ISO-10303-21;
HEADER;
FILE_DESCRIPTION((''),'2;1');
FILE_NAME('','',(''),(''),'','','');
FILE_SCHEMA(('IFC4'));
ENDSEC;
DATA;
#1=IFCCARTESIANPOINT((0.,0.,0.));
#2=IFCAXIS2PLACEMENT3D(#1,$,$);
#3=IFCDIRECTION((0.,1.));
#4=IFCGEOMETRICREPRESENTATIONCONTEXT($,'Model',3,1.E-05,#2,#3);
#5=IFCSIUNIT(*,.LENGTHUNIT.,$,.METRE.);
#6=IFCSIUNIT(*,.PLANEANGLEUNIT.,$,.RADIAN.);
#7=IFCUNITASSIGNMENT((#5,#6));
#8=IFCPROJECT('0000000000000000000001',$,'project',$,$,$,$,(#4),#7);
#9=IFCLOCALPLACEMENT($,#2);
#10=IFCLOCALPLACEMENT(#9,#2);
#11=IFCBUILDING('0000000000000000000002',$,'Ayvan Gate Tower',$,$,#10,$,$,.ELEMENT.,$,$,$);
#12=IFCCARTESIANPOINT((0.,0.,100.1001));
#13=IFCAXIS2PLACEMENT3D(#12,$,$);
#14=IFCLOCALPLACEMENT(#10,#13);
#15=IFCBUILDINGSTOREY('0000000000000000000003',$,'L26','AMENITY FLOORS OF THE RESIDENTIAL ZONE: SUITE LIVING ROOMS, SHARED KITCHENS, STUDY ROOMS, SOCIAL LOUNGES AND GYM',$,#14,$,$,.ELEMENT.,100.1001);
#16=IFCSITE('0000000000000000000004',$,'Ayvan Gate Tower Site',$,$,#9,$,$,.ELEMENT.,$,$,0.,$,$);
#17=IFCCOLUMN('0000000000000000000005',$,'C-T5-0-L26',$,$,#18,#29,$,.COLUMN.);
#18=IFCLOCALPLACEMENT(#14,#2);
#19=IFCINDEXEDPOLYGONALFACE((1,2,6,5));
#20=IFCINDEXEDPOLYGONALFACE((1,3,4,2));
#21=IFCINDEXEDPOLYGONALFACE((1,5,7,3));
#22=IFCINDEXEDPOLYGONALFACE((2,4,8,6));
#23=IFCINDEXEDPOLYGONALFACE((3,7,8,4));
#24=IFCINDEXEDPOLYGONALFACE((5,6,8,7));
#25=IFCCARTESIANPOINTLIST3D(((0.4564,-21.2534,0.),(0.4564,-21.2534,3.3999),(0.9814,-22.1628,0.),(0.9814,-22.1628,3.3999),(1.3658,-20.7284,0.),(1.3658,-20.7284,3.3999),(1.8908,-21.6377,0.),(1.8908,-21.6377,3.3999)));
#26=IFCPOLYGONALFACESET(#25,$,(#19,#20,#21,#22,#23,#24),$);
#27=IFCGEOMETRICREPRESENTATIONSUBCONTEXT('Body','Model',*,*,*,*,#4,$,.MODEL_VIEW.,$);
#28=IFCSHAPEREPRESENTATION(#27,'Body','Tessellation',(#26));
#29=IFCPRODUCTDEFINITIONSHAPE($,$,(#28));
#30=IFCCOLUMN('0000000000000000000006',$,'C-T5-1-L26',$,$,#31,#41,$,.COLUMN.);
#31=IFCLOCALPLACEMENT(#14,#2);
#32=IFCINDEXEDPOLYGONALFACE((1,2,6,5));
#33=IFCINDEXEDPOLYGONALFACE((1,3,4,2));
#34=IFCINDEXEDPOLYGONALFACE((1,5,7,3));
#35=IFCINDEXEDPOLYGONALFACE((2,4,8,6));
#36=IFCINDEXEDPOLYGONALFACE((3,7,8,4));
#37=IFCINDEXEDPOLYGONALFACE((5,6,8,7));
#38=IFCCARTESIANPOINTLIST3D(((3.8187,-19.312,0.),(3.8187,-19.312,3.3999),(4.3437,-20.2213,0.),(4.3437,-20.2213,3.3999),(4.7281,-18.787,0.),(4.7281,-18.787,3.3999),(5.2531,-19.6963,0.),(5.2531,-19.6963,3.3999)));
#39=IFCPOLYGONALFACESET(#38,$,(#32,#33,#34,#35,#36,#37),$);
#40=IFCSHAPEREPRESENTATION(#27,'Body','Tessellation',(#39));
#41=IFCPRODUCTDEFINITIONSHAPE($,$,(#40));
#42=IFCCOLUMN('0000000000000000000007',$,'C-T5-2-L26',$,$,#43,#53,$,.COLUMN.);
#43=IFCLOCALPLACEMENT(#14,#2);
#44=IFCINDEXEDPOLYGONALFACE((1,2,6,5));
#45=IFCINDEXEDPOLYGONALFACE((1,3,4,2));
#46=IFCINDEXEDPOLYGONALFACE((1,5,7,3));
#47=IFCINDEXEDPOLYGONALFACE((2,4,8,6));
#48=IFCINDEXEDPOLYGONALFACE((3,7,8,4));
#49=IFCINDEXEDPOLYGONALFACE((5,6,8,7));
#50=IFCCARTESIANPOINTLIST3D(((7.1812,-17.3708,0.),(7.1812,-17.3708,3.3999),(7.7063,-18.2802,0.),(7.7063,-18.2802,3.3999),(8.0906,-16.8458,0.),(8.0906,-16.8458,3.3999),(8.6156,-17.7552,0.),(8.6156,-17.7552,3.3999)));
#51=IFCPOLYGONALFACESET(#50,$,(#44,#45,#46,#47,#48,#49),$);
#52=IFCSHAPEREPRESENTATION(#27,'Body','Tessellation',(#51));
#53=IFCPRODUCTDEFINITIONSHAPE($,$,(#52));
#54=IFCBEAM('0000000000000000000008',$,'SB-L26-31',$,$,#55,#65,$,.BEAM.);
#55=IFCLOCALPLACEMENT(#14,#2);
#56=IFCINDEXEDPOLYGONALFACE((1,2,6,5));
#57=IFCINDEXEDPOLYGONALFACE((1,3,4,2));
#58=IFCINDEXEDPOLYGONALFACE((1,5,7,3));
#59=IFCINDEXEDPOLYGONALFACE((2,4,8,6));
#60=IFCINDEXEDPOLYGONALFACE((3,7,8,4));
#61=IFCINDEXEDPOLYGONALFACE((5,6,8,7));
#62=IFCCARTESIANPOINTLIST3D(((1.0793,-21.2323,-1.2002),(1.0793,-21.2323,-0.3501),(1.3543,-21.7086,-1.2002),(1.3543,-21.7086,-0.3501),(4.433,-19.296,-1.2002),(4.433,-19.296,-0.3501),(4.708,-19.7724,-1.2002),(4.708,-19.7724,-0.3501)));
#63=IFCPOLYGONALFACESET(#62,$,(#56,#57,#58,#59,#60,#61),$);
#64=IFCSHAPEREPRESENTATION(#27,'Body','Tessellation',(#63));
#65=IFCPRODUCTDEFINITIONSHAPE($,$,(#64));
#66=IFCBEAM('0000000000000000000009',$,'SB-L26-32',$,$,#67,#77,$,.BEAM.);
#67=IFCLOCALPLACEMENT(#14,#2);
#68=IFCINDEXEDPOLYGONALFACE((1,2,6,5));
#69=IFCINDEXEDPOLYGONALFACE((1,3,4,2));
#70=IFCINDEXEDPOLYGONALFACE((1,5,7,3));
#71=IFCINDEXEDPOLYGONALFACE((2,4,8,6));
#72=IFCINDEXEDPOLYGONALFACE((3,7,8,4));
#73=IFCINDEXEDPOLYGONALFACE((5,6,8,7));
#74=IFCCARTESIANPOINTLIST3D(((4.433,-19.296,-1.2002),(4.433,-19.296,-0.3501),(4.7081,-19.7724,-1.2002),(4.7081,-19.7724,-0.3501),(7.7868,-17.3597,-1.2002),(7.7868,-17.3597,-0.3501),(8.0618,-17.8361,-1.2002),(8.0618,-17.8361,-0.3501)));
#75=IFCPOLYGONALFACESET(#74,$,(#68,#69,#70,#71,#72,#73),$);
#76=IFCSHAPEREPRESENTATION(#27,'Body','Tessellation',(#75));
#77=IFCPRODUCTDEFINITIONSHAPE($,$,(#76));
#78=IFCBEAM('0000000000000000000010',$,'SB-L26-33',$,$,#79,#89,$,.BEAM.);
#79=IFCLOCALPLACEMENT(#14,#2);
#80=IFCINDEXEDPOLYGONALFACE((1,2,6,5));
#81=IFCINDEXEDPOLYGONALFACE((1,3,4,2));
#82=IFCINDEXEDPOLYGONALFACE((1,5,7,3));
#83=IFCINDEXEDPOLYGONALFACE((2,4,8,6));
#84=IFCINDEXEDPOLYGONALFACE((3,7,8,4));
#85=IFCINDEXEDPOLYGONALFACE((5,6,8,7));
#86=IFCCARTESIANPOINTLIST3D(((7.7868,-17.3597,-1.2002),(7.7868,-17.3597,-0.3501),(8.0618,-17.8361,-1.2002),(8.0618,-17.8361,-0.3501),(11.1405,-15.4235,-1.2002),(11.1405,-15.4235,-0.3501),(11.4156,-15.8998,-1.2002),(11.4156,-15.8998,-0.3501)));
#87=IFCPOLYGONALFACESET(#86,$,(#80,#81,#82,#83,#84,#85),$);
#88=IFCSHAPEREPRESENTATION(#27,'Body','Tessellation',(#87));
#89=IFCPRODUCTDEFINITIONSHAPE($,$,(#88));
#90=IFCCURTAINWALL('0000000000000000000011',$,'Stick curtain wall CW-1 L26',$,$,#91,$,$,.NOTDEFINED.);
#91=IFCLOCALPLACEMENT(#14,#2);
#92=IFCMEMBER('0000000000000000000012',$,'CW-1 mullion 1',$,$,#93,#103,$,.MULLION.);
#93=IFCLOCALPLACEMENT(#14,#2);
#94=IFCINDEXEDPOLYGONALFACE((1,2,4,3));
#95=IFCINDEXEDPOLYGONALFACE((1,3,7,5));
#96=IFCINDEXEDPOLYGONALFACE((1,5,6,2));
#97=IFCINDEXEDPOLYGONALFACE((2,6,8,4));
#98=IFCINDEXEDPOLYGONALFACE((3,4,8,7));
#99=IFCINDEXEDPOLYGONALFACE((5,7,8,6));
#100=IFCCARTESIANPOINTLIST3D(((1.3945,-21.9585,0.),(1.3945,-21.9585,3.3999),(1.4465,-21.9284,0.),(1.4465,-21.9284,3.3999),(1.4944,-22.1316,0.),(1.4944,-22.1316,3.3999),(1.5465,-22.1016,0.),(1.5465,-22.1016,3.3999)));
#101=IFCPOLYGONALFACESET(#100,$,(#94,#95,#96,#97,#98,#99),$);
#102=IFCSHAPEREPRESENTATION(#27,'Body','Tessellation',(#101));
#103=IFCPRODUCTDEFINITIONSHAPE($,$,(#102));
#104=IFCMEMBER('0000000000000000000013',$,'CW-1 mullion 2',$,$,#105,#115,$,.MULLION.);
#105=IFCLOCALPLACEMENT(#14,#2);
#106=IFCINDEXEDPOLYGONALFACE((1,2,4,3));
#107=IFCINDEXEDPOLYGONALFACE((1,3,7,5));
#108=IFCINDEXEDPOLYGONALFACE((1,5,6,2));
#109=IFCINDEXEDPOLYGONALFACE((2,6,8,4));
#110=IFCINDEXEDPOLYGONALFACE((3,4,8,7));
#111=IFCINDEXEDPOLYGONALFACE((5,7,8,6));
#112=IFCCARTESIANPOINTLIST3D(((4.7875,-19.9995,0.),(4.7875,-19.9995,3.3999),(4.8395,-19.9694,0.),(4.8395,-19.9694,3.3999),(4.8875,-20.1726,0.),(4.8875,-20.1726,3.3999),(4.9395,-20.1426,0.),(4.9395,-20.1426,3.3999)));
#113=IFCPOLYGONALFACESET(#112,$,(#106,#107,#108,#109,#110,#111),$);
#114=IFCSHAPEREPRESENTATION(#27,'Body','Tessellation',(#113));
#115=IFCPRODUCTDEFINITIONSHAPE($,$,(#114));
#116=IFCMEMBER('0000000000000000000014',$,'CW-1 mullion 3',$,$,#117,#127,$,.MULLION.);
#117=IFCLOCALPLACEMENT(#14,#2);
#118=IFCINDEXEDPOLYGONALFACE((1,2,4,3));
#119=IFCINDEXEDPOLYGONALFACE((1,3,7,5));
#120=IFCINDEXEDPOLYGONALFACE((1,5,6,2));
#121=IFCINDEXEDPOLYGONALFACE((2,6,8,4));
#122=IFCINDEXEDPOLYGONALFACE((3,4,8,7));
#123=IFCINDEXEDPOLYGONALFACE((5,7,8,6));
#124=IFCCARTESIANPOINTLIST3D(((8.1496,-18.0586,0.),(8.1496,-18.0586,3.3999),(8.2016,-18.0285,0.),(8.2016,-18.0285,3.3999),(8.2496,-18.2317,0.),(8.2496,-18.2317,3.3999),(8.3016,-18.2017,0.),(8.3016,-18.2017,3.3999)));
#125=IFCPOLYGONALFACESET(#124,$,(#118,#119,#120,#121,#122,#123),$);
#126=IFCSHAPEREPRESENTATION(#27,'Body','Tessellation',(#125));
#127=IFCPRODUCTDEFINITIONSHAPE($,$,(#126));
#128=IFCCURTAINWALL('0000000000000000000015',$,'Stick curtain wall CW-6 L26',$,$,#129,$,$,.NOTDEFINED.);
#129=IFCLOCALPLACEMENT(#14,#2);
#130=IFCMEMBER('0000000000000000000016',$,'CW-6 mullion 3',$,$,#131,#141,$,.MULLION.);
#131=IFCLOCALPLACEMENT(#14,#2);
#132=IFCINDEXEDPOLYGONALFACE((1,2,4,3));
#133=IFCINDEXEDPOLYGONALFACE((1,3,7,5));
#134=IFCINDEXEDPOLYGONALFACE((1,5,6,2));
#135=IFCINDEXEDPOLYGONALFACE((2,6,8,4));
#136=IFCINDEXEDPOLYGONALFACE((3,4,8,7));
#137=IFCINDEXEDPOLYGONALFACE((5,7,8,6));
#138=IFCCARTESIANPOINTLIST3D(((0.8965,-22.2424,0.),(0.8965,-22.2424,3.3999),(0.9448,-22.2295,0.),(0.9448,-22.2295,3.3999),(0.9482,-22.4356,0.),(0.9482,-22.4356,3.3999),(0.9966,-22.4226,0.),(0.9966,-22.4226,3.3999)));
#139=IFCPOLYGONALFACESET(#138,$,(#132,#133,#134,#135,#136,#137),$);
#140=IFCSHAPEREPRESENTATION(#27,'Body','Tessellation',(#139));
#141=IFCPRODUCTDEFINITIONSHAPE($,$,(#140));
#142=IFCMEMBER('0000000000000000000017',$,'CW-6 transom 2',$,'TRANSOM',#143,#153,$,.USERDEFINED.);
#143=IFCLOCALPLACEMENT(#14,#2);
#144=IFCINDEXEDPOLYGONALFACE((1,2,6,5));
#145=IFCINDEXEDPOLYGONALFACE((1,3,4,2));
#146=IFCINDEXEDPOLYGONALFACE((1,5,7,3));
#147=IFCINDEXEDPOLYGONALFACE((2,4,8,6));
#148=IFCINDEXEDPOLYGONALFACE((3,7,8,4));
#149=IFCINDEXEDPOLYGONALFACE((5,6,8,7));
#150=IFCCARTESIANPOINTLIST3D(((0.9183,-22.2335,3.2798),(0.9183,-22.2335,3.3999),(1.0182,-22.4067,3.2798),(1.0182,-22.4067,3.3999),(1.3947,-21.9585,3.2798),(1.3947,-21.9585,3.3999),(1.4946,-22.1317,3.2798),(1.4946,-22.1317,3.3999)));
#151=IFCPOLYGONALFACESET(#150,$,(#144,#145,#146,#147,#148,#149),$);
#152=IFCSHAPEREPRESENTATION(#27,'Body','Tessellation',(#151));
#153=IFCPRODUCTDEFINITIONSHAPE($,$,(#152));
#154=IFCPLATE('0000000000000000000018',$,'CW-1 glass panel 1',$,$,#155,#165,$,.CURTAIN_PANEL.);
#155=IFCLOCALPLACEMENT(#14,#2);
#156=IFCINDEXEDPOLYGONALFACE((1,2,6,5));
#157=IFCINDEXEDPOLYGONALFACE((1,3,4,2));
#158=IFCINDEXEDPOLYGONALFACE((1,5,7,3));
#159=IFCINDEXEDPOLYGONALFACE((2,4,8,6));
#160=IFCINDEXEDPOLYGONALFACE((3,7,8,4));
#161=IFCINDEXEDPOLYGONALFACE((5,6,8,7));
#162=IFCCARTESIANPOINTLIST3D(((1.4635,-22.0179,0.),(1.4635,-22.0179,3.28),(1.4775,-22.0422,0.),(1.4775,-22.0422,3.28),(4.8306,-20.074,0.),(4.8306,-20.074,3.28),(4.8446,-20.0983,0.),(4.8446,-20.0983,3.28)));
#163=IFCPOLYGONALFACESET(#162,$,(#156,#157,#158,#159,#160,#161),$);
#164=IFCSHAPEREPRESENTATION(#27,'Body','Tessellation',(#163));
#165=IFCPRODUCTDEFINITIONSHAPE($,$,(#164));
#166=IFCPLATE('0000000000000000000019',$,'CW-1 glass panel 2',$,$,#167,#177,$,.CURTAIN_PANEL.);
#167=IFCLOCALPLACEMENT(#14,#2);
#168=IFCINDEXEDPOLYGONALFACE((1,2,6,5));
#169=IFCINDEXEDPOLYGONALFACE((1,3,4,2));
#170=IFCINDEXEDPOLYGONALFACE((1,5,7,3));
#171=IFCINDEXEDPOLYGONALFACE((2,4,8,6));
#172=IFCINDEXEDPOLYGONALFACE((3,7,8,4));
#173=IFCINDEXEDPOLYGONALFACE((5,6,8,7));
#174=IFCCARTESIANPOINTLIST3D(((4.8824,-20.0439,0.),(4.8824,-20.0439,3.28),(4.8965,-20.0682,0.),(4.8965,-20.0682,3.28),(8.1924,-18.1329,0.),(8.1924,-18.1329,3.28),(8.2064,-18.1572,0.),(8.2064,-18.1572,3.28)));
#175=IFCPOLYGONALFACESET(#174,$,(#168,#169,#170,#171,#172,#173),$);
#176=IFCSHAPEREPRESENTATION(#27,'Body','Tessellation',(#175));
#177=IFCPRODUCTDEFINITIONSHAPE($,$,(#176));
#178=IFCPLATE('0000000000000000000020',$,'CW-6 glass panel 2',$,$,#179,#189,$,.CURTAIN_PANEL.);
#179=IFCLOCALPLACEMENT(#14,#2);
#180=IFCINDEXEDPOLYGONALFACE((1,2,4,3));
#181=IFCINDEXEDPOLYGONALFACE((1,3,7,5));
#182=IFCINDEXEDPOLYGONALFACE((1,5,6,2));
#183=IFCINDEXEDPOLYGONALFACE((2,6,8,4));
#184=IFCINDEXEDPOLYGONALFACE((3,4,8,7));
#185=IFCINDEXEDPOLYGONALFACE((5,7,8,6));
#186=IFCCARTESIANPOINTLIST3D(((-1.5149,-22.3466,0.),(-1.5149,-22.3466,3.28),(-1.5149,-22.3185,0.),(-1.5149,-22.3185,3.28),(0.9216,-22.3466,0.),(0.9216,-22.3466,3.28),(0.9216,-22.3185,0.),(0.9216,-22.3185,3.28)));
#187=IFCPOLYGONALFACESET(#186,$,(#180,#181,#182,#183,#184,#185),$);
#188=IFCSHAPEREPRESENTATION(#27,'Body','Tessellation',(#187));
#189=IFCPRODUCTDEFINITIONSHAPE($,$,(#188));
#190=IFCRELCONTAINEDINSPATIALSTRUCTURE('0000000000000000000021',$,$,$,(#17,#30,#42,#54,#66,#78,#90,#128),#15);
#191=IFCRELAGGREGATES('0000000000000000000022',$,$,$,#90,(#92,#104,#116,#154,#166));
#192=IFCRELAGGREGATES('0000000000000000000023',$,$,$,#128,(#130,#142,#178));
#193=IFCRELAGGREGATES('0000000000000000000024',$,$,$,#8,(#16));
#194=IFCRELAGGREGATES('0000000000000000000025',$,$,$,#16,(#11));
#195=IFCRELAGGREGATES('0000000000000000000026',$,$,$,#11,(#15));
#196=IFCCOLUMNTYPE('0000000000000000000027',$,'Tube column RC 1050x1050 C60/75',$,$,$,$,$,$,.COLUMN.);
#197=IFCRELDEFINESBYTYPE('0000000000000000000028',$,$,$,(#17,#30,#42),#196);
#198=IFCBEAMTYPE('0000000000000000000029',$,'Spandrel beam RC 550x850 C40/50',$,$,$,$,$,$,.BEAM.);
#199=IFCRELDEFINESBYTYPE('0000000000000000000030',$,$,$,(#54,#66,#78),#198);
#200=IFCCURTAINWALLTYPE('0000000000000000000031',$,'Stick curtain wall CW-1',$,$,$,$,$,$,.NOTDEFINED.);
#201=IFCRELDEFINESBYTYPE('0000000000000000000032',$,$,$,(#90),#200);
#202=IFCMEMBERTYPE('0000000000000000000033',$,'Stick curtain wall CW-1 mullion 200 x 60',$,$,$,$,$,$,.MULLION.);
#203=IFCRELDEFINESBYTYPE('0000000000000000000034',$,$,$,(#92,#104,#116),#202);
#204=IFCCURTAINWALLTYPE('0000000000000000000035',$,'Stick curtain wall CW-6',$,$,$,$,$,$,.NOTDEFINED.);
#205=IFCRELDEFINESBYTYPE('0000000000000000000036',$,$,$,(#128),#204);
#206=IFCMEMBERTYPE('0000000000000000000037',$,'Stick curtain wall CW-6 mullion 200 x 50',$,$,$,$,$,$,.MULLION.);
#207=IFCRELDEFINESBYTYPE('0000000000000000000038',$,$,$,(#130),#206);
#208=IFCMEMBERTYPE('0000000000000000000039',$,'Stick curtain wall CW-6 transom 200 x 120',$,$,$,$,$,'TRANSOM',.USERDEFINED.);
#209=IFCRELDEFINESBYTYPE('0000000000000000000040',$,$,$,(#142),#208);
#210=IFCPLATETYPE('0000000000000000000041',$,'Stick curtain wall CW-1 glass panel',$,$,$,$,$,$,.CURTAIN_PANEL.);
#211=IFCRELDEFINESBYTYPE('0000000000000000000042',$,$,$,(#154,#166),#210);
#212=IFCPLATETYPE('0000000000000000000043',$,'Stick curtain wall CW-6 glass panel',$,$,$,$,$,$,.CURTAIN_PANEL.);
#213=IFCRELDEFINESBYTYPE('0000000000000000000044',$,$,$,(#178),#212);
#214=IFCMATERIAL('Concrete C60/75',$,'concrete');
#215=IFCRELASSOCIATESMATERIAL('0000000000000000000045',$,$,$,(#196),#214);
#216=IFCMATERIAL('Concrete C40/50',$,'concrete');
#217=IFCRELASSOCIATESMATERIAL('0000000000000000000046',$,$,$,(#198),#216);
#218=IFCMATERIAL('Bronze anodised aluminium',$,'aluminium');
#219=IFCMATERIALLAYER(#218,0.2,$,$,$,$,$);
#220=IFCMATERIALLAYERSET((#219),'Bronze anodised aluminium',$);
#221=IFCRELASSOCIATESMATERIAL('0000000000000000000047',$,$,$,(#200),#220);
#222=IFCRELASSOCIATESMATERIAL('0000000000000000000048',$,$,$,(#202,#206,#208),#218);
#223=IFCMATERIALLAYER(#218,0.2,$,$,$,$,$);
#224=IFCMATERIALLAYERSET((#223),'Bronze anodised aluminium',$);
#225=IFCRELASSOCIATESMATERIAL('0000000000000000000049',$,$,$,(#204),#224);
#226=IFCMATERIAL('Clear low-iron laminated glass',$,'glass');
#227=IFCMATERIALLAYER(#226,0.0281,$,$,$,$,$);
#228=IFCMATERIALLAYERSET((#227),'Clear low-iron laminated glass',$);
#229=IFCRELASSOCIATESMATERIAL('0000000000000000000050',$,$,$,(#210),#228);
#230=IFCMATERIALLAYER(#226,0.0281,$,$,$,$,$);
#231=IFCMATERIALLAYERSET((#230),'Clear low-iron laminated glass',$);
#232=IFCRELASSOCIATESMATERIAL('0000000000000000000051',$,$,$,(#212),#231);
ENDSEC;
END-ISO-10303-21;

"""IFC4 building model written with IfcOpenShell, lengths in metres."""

from ifc_helpers import new_model, si_unit, direction, frame, origin, origin_2d, place, context, subcontext, project, spatial, rectangle, extrude, material, layer, layer_set, material_profile, profile_set, type_object, element, aggregate, save


model = new_model("IFC4")

# Units and contexts
model_context = context("Model", 3, precision=1e-05, world=origin(), true_north=direction((0.0, 1.0)))
body_context = subcontext(model_context, "Body", "Model", "MODEL_VIEW")
ifc_project = project(units=[si_unit("LENGTHUNIT", "METRE"), si_unit("PLANEANGLEUNIT", "RADIAN")], contexts=[model_context])

# Site, building, storey
site_placement = place(None, origin())
site = spatial("IfcSite", under=ifc_project, at=site_placement, Name="Ayvan Gate Tower Site", CompositionType="ELEMENT", RefElevation=0.0)
building_placement = place(site_placement, origin())
building = spatial("IfcBuilding", under=site, at=building_placement, Name="Ayvan Gate Tower", CompositionType="ELEMENT")
storey_placement = place(building_placement, frame((0.0, 0.0, 100.1001)))
storey = spatial("IfcBuildingStorey", under=building, at=storey_placement, Name="L26", Description="AMENITY FLOORS OF THE RESIDENTIAL ZONE: SUITE LIVING ROOMS, SHARED KITCHENS, STUDY ROOMS, SOCIAL LOUNGES AND GYM", CompositionType="ELEMENT", Elevation=100.1001)

# Columns
ifc_material_1 = material(Name="Concrete C60/75", Category="concrete")
ifc_material_profile_1 = material_profile(ifc_material_1, rectangle(XDim=1.05, YDim=1.05, at=origin_2d()), Name="RC 1050x1050")
ifc_profile_set_1 = profile_set([ifc_material_profile_1], Name="Concrete C60/75")
column_type = type_object("IfcColumnType", Name="Tube column RC 1050x1050 C60/75", PredefinedType="COLUMN", material=ifc_profile_set_1)
for number, where, z_axis, x_axis, name in (
    (1, (1.1736, -21.4456, 0.0), (0.0, 0.0, 1.0), (0.5, -0.866025, 0.0), "C-T5-0-L26"),
    (2, (4.5359, -19.5042, 0.0), (0.0, 0.0, 1.0), (0.5, -0.866025, 0.0), "C-T5-1-L26"),
    (3, (7.8984, -17.563, 0.0), (0.0, 0.0, 1.0), (0.5, -0.866025, 0.0), "C-T5-2-L26"),
):
    element("IfcColumn", number, at=place(storey_placement, frame(where, z_axis=z_axis, x_axis=x_axis)), inside=storey, type_object=column_type, Name=name, PredefinedType="COLUMN", context=body_context, shape_type="SweptSolid", body=[
        extrude(rectangle(XDim=1.05, YDim=1.05, at=origin_2d()), origin(), (0.0, 0.0, 1.0), 3.3999),
    ])

# Beams
ifc_material_2 = material(Name="Concrete C40/50", Category="concrete")
ifc_material_profile_2 = material_profile(ifc_material_2, rectangle(XDim=0.55, YDim=0.8501, at=origin_2d()), Name="RC 550x850")
ifc_profile_set_2 = profile_set([ifc_material_profile_2], Name="Concrete C40/50")
beam_type = type_object("IfcBeamType", Name="Spandrel beam RC 550x850 C40/50", PredefinedType="BEAM", material=ifc_profile_set_2)
for number, where, z_axis, x_axis, name in (
    (4, (1.2168, -21.4705, -0.7751), (0.866027, 0.499997, 0.0), (-0.499997, 0.866027, 0.0), "SB-L26-31"),
    (5, (4.5706, -19.5342, -0.7751), (0.866027, 0.499997, 0.0), (-0.499997, 0.866027, 0.0), "SB-L26-32"),
    (6, (7.9243, -17.5979, -0.7751), (0.866027, 0.499997, 0.0), (-0.499997, 0.866027, 0.0), "SB-L26-33"),
):
    element("IfcBeam", number, at=place(storey_placement, frame(where, z_axis=z_axis, x_axis=x_axis)), inside=storey, type_object=beam_type, Name=name, PredefinedType="BEAM", context=body_context, shape_type="SweptSolid", body=[
        extrude(rectangle(XDim=0.55, YDim=0.8501, at=origin_2d()), origin(), (0.0, 0.0, 1.0), 3.8726),
    ])

# Curtain walls, members
ifc_material_3 = material(Name="Bronze anodised aluminium", Category="aluminium")
ifc_layer_1 = layer(ifc_material_3, 0.2)
ifc_layer_set_1 = layer_set([ifc_layer_1], Name="Bronze anodised aluminium")
curtain_wall_type_1 = type_object("IfcCurtainWallType", Name="Stick curtain wall CW-1", PredefinedType="NOTDEFINED", material=ifc_layer_set_1)
curtain_wall_1_placement = place(storey_placement, origin())
curtain_wall_1 = element("IfcCurtainWall", 7, at=curtain_wall_1_placement, inside=storey, type_object=curtain_wall_type_1, Name="Stick curtain wall CW-1 L26", PredefinedType="NOTDEFINED")
ifc_material_profile_3 = material_profile(ifc_material_3, rectangle(XDim=0.2, YDim=0.0601, at=origin_2d()), Name="Stick curtain wall CW-1 mullion 200 x 60")
ifc_profile_set_3 = profile_set([ifc_material_profile_3], Name="Bronze anodised aluminium")
member_type_1 = type_object("IfcMemberType", Name="Stick curtain wall CW-1 mullion 200 x 60", PredefinedType="MULLION", material=ifc_profile_set_3)
member_1_placement = place(storey_placement, frame((1.4705, -22.03, 0.0), z_axis=(0.0, 0.0, 1.0), x_axis=(0.5, -0.866025, 0.0)))
member_1 = element("IfcMember", 8, at=member_1_placement, type_object=member_type_1, Name="CW-1 mullion 1", PredefinedType="MULLION", context=body_context, shape_type="SweptSolid", body=[
    extrude(rectangle(XDim=0.2, YDim=0.0601, at=origin_2d()), origin(), (0.0, 0.0, 1.0), 3.3999),
])
member_2_placement = place(storey_placement, frame((4.8635, -20.071, 0.0), z_axis=(0.0, 0.0, 1.0), x_axis=(0.5, -0.866025, 0.0)))
member_2 = element("IfcMember", 9, at=member_2_placement, type_object=member_type_1, Name="CW-1 mullion 2", PredefinedType="MULLION", context=body_context, shape_type="SweptSolid", body=[
    extrude(rectangle(XDim=0.2, YDim=0.0601, at=origin_2d()), origin(), (0.0, 0.0, 1.0), 3.3999),
])
member_3_placement = place(storey_placement, frame((8.2256, -18.1301, 0.0), z_axis=(0.0, 0.0, 1.0), x_axis=(0.5, -0.866025, 0.0)))
member_3 = element("IfcMember", 10, at=member_3_placement, type_object=member_type_1, Name="CW-1 mullion 3", PredefinedType="MULLION", context=body_context, shape_type="SweptSolid", body=[
    extrude(rectangle(XDim=0.2, YDim=0.0601, at=origin_2d()), origin(), (0.0, 0.0, 1.0), 3.3999),
])
ifc_layer_2 = layer(ifc_material_3, 0.2)
ifc_layer_set_2 = layer_set([ifc_layer_2], Name="Bronze anodised aluminium")
curtain_wall_type_2 = type_object("IfcCurtainWallType", Name="Stick curtain wall CW-6", PredefinedType="NOTDEFINED", material=ifc_layer_set_2)
curtain_wall_2_placement = place(storey_placement, origin())
curtain_wall_2 = element("IfcCurtainWall", 11, at=curtain_wall_2_placement, inside=storey, type_object=curtain_wall_type_2, Name="Stick curtain wall CW-6 L26", PredefinedType="NOTDEFINED")
ifc_material_profile_4 = material_profile(ifc_material_3, rectangle(XDim=0.2, YDim=0.05, at=origin_2d()), Name="Stick curtain wall CW-6 mullion 200 x 50")
ifc_profile_set_4 = profile_set([ifc_material_profile_4], Name="Bronze anodised aluminium")
member_type_2 = type_object("IfcMemberType", Name="Stick curtain wall CW-6 mullion 200 x 50", PredefinedType="MULLION", material=ifc_profile_set_4)
member_4_placement = place(storey_placement, frame((0.9465, -22.3325, 0.0), z_axis=(0.0, 0.0, 1.0), x_axis=(0.258819, -0.965926, 0.0)))
member_4 = element("IfcMember", 12, at=member_4_placement, type_object=member_type_2, Name="CW-6 mullion 3", PredefinedType="MULLION", context=body_context, shape_type="SweptSolid", body=[
    extrude(rectangle(XDim=0.2, YDim=0.05, at=origin_2d()), origin(), (0.0, 0.0, 1.0), 3.3999),
])
ifc_material_profile_5 = material_profile(ifc_material_3, rectangle(XDim=0.2, YDim=0.1201, at=origin_2d()), Name="Stick curtain wall CW-6 transom 200 x 120")
ifc_profile_set_5 = profile_set([ifc_material_profile_5], Name="Bronze anodised aluminium")
member_type_3 = type_object("IfcMemberType", Name="Stick curtain wall CW-6 transom 200 x 120", ElementType="TRANSOM", PredefinedType="USERDEFINED", material=ifc_profile_set_5)
member_5_placement = place(storey_placement, frame((0.9683, -22.3201, 3.3398), z_axis=(0.866104, 0.499863, 0.0), x_axis=(-0.499863, 0.866104, 0.0)))
member_5 = element("IfcMember", 13, at=member_5_placement, type_object=member_type_3, Name="CW-6 transom 2", ObjectType="TRANSOM", PredefinedType="USERDEFINED", context=body_context, shape_type="SweptSolid", body=[
    extrude(rectangle(XDim=0.2, YDim=0.1201, at=origin_2d()), origin(), (0.0, 0.0, 1.0), 0.55),
])

# Plates
ifc_material_4 = material(Name="Clear low-iron laminated glass", Category="glass")
ifc_layer_3 = layer(ifc_material_4, 0.0281)
ifc_layer_set_3 = layer_set([ifc_layer_3], Name="Clear low-iron laminated glass")
plate_type_1 = type_object("IfcPlateType", Name="Stick curtain wall CW-1 glass panel", PredefinedType="CURTAIN_PANEL", material=ifc_layer_set_3)
plate_1_placement = place(storey_placement, frame((3.1541, -21.0581, 0.0), z_axis=(0.0, 0.0, 1.0), x_axis=(0.866025, 0.5, 0.0)))
plate_1 = element("IfcPlate", 14, at=plate_1_placement, type_object=plate_type_1, Name="CW-1 glass panel 1", PredefinedType="CURTAIN_PANEL", context=body_context, shape_type="SweptSolid", body=[
    extrude(rectangle(XDim=3.8879, YDim=0.0281, at=origin_2d()), origin(), (0.0, 0.0, 1.0), 3.28),
])
plate_2_placement = place(storey_placement, frame((6.5444, -19.1006, 0.0), z_axis=(0.0, 0.0, 1.0), x_axis=(0.866025, 0.5, 0.0)))
plate_2 = element("IfcPlate", 15, at=plate_2_placement, type_object=plate_type_1, Name="CW-1 glass panel 2", PredefinedType="CURTAIN_PANEL", context=body_context, shape_type="SweptSolid", body=[
    extrude(rectangle(XDim=3.822, YDim=0.0281, at=origin_2d()), origin(), (0.0, 0.0, 1.0), 3.28),
])
aggregate(curtain_wall_1, [member_1, member_2, member_3, plate_1, plate_2])
ifc_layer_4 = layer(ifc_material_4, 0.0281)
ifc_layer_set_4 = layer_set([ifc_layer_4], Name="Clear low-iron laminated glass")
plate_type_2 = type_object("IfcPlateType", Name="Stick curtain wall CW-6 glass panel", PredefinedType="CURTAIN_PANEL", material=ifc_layer_set_4)
plate_3_placement = place(storey_placement, frame((-0.2966, -22.3325, 0.0), z_axis=(0.0, 0.0, 1.0), x_axis=(1.0, 0.0, 0.0)))
plate_3 = element("IfcPlate", 16, at=plate_3_placement, type_object=plate_type_2, Name="CW-6 glass panel 2", PredefinedType="CURTAIN_PANEL", context=body_context, shape_type="SweptSolid", body=[
    extrude(rectangle(XDim=2.4365, YDim=0.0281, at=origin_2d()), origin(), (0.0, 0.0, 1.0), 3.28),
])
aggregate(curtain_wall_2, [member_4, member_5, plate_3])

save(model, "model.ifc")
